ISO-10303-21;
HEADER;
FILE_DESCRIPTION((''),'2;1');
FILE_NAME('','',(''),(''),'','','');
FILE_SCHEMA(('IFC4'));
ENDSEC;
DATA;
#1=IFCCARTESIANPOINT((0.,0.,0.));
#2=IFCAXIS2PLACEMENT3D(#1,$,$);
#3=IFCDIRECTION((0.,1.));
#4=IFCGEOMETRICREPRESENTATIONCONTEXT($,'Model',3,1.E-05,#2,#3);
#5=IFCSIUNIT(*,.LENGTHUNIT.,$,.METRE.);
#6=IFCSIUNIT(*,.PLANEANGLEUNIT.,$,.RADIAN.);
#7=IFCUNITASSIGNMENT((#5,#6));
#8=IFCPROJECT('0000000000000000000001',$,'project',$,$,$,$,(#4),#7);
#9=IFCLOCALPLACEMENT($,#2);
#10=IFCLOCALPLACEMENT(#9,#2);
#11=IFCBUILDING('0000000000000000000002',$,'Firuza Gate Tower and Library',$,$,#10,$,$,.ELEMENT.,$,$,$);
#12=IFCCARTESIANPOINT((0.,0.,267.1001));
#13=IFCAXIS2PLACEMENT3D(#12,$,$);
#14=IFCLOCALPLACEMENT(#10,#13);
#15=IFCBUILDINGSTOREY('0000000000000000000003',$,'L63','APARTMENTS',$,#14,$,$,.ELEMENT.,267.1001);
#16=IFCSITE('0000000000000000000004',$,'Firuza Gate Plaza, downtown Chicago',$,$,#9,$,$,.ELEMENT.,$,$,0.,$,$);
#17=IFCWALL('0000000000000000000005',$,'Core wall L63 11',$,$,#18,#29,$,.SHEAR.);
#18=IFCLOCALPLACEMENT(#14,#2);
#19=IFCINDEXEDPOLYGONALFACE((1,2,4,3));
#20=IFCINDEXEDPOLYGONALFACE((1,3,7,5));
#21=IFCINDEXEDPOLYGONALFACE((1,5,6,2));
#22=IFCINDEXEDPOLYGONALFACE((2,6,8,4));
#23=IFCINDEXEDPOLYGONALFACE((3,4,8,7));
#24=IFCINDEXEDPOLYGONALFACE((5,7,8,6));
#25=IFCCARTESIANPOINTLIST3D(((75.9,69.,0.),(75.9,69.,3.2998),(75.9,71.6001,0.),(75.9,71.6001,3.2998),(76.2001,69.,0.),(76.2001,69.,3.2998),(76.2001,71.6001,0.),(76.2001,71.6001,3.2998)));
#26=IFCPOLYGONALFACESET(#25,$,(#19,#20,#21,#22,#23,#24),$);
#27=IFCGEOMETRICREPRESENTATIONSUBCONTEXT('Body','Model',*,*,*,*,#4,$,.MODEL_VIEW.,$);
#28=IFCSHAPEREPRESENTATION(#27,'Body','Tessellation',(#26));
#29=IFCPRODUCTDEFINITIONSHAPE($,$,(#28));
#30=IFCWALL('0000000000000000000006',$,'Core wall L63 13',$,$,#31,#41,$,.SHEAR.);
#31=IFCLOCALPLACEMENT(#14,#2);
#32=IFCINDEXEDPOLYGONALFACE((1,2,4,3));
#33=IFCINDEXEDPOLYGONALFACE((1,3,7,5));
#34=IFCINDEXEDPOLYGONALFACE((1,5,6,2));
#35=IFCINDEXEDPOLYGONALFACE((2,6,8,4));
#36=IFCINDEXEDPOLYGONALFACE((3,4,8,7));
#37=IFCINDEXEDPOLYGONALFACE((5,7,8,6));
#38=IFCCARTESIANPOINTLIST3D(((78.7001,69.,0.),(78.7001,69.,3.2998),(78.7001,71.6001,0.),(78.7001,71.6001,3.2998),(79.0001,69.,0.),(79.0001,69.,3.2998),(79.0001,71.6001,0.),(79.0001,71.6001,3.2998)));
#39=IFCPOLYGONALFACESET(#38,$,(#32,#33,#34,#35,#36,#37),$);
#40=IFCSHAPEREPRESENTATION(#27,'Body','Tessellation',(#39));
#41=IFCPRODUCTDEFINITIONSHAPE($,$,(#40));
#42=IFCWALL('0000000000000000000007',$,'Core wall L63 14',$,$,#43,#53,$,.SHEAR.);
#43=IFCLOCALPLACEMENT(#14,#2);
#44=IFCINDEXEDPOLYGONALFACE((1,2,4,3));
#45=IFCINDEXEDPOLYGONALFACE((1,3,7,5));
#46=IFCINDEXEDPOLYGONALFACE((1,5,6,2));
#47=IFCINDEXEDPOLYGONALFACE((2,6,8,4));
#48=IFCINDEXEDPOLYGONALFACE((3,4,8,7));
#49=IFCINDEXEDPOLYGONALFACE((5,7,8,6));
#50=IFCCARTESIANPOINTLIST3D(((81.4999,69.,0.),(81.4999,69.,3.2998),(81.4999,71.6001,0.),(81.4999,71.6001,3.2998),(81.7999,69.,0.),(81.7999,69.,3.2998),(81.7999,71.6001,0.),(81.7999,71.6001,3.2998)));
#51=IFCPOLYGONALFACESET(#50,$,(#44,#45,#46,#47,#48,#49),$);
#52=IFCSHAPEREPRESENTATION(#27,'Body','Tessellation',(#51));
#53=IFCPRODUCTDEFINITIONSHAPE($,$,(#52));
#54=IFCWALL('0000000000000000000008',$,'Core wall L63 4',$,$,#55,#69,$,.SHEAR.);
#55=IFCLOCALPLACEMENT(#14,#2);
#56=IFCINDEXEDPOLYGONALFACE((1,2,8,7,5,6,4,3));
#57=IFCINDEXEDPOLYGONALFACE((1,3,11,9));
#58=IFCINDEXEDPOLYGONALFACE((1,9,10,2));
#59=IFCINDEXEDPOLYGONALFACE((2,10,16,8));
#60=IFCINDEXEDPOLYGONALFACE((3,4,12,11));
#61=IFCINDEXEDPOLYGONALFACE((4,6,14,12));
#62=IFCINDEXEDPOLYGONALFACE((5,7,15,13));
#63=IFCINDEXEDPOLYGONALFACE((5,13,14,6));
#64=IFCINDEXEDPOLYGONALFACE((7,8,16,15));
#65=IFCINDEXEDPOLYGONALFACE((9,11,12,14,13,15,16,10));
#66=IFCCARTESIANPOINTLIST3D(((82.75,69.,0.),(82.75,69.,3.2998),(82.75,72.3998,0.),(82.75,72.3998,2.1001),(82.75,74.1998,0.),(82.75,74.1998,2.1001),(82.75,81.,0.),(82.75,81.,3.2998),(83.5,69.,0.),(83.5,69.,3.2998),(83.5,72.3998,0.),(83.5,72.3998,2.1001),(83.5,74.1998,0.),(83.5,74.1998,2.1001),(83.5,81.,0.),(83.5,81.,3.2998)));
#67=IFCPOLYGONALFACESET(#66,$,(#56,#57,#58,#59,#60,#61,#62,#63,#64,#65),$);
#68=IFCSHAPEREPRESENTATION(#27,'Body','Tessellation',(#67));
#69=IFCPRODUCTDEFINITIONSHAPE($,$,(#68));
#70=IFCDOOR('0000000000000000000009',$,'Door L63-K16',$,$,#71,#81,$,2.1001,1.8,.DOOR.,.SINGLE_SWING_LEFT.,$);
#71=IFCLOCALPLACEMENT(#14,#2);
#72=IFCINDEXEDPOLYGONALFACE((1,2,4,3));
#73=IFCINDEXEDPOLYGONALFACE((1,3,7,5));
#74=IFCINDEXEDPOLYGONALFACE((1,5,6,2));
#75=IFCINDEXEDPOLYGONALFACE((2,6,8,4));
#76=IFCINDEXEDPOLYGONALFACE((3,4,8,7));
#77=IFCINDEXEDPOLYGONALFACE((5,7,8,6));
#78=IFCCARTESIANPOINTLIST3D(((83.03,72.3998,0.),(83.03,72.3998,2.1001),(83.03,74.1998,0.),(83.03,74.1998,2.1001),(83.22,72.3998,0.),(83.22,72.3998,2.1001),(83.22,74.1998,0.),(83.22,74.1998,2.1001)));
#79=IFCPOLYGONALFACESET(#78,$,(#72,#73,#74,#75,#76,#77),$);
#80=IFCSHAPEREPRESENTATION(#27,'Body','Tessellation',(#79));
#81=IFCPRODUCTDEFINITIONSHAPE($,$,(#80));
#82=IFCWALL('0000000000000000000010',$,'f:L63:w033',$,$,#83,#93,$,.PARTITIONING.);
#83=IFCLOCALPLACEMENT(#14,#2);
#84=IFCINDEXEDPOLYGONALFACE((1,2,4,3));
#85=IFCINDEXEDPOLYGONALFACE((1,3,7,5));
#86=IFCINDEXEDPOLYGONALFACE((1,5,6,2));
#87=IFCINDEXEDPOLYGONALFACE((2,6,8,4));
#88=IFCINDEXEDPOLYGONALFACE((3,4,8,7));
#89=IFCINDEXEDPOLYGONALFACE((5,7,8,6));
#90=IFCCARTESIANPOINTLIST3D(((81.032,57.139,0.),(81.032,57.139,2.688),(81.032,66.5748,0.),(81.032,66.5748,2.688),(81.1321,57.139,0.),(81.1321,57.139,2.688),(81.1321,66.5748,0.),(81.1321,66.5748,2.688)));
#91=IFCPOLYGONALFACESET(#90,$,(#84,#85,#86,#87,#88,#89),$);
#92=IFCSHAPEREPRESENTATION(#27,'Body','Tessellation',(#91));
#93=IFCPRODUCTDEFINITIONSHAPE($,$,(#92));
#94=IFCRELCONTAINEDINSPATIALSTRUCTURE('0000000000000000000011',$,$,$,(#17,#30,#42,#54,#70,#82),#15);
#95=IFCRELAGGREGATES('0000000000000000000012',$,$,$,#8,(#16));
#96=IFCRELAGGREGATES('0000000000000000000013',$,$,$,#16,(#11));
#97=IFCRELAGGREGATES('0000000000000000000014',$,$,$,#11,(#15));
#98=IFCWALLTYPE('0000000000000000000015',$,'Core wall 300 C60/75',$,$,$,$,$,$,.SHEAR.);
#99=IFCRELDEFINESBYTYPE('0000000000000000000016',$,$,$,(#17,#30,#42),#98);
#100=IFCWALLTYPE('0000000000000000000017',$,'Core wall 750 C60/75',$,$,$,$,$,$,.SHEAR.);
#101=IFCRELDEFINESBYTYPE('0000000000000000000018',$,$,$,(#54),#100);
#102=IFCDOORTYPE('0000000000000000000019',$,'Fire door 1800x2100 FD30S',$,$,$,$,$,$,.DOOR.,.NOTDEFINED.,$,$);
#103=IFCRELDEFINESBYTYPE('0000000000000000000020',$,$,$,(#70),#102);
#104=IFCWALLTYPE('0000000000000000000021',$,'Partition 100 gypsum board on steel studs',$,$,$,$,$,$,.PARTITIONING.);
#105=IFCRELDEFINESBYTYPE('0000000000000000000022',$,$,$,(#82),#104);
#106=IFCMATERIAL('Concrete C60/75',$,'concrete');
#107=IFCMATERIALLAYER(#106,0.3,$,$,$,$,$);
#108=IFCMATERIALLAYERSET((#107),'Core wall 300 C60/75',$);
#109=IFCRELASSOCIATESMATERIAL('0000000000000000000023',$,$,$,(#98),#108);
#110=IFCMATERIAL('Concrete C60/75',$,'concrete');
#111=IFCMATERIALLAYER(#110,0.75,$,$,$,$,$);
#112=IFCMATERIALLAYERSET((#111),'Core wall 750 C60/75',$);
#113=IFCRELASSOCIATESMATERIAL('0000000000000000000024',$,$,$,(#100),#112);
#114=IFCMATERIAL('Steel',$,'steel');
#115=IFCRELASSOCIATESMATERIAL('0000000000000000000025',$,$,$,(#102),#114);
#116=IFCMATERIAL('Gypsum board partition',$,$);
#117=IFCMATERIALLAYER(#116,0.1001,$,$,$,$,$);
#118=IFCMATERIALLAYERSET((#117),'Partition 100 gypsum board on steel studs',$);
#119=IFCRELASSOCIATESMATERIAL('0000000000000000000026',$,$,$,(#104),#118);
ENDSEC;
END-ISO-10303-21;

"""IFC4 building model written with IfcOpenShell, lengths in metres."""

from ifc_helpers import new_model, si_unit, direction, frame, frame_2d, origin, place, context, subcontext, project, spatial, rectangle, extrude, material, layer, layer_set, type_object, element, fill, save


model = new_model("IFC4")

# Units and contexts
model_context = context("Model", 3, precision=1e-05, world=origin(), true_north=direction((0.0, 1.0)))
body_context = subcontext(model_context, "Body", "Model", "MODEL_VIEW")
ifc_project = project(units=[si_unit("LENGTHUNIT", "METRE"), si_unit("PLANEANGLEUNIT", "RADIAN")], contexts=[model_context])

# Site, building, storey
site_placement = place(None, origin())
site = spatial("IfcSite", under=ifc_project, at=site_placement, Name="Firuza Gate Plaza, downtown Chicago", CompositionType="ELEMENT", RefElevation=0.0)
building_placement = place(site_placement, origin())
building = spatial("IfcBuilding", under=site, at=building_placement, Name="Firuza Gate Tower and Library", CompositionType="ELEMENT")
storey_placement = place(building_placement, frame((0.0, 0.0, 267.1001)))
storey = spatial("IfcBuildingStorey", under=building, at=storey_placement, Name="L63", Description="APARTMENTS", CompositionType="ELEMENT", Elevation=267.1001)

# Walls
ifc_material_1 = material(Name="Concrete C60/75", Category="concrete")
ifc_layer_1 = layer(ifc_material_1, 0.3)
ifc_layer_set_1 = layer_set([ifc_layer_1], Name="Core wall 300 C60/75")
wall_type_1 = type_object("IfcWallType", Name="Core wall 300 C60/75", PredefinedType="SHEAR", material=ifc_layer_set_1)
for number, where, z_axis, x_axis, name in (
    (1, (76.05, 69.0, 0.0), (0.0, 0.0, 1.0), (0.0, 1.0, 0.0), "Core wall L63 11"),
    (2, (78.8501, 69.0, 0.0), (0.0, 0.0, 1.0), (0.0, 1.0, 0.0), "Core wall L63 13"),
    (3, (81.6499, 69.0, 0.0), (0.0, 0.0, 1.0), (0.0, 1.0, 0.0), "Core wall L63 14"),
):
    element("IfcWall", number, at=place(storey_placement, frame(where, z_axis=z_axis, x_axis=x_axis)), inside=storey, type_object=wall_type_1, Name=name, PredefinedType="SHEAR", context=body_context, shape_type="SweptSolid", body=[
        extrude(rectangle(XDim=2.6001, YDim=0.3, at=frame_2d((1.3, 0.0))), origin(), (0.0, 0.0, 1.0), 3.2998),
    ])

# Wall, opening, door
ifc_material_2 = material(Name="Concrete C60/75", Category="concrete")
ifc_layer_2 = layer(ifc_material_2, 0.75)
ifc_layer_set_2 = layer_set([ifc_layer_2], Name="Core wall 750 C60/75")
wall_type_2 = type_object("IfcWallType", Name="Core wall 750 C60/75", PredefinedType="SHEAR", material=ifc_layer_set_2)
wall_1_placement = place(storey_placement, frame((83.125, 69.0, 0.0), z_axis=(0.0, 0.0, 1.0), x_axis=(0.0, 1.0, 0.0)))
wall_1 = element("IfcWall", 4, at=wall_1_placement, inside=storey, type_object=wall_type_2, Name="Core wall L63 4", PredefinedType="SHEAR", context=body_context, shape_type="SweptSolid", body=[
    extrude(rectangle(XDim=12.0, YDim=0.75, at=frame_2d((6.0, 0.0))), origin(), (0.0, 0.0, 1.0), 3.2998),
])
opening_placement = place(wall_1_placement, frame((3.3999, 0.0, 0.0)))
opening = element("IfcOpeningElement", 5, at=opening_placement, cuts=wall_1, PredefinedType="OPENING", context=body_context, shape_type="SweptSolid", body=[
    extrude(rectangle(XDim=1.8, YDim=2.1001, at=frame_2d((0.8999, 1.05))), frame((0.0, 0.385, 0.0), z_axis=(0.0, -1.0, 0.0), x_axis=(1.0, 0.0, 0.0)), (0.0, 0.0, 1.0), 0.77),
])
ifc_material_3 = material(Name="Steel", Category="steel")
door_type = type_object("IfcDoorType", Name="Fire door 1800x2100 FD30S", OperationType="NOTDEFINED", PredefinedType="DOOR", material=ifc_material_3)
door_placement = place(opening_placement, origin())
door = element("IfcDoor", 6, at=door_placement, inside=storey, type_object=door_type, Name="Door L63-K16", OperationType="SINGLE_SWING_LEFT", OverallHeight=2.1001, OverallWidth=1.8, PredefinedType="DOOR", context=body_context, shape_type="SweptSolid", body=[
    extrude(rectangle(XDim=1.8, YDim=2.1001, at=frame_2d((0.8999, 1.05))), frame((0.0, 0.095, 0.0), z_axis=(0.0, -1.0, 0.0), x_axis=(1.0, 0.0, 0.0)), (0.0, 0.0, 1.0), 0.1899),
])
fill(opening, door)

# Wall
ifc_material_4 = material(Name="Gypsum board partition")
ifc_layer_3 = layer(ifc_material_4, 0.1001)
ifc_layer_set_3 = layer_set([ifc_layer_3], Name="Partition 100 gypsum board on steel studs")
wall_type_3 = type_object("IfcWallType", Name="Partition 100 gypsum board on steel studs", PredefinedType="PARTITIONING", material=ifc_layer_set_3)
wall_2_placement = place(storey_placement, frame((81.082, 57.1392, 0.0), z_axis=(0.0, 0.0, 1.0), x_axis=(0.0, 1.0, 0.0)))
element("IfcWall", 7, at=wall_2_placement, inside=storey, type_object=wall_type_3, Name="f:L63:w033", PredefinedType="PARTITIONING", context=body_context, shape_type="SweptSolid", body=[
    extrude(rectangle(XDim=9.4358, YDim=0.1001, at=frame_2d((4.7178, 0.0))), origin(), (0.0, 0.0, 1.0), 2.688),
])

save(model, "model.ifc")
